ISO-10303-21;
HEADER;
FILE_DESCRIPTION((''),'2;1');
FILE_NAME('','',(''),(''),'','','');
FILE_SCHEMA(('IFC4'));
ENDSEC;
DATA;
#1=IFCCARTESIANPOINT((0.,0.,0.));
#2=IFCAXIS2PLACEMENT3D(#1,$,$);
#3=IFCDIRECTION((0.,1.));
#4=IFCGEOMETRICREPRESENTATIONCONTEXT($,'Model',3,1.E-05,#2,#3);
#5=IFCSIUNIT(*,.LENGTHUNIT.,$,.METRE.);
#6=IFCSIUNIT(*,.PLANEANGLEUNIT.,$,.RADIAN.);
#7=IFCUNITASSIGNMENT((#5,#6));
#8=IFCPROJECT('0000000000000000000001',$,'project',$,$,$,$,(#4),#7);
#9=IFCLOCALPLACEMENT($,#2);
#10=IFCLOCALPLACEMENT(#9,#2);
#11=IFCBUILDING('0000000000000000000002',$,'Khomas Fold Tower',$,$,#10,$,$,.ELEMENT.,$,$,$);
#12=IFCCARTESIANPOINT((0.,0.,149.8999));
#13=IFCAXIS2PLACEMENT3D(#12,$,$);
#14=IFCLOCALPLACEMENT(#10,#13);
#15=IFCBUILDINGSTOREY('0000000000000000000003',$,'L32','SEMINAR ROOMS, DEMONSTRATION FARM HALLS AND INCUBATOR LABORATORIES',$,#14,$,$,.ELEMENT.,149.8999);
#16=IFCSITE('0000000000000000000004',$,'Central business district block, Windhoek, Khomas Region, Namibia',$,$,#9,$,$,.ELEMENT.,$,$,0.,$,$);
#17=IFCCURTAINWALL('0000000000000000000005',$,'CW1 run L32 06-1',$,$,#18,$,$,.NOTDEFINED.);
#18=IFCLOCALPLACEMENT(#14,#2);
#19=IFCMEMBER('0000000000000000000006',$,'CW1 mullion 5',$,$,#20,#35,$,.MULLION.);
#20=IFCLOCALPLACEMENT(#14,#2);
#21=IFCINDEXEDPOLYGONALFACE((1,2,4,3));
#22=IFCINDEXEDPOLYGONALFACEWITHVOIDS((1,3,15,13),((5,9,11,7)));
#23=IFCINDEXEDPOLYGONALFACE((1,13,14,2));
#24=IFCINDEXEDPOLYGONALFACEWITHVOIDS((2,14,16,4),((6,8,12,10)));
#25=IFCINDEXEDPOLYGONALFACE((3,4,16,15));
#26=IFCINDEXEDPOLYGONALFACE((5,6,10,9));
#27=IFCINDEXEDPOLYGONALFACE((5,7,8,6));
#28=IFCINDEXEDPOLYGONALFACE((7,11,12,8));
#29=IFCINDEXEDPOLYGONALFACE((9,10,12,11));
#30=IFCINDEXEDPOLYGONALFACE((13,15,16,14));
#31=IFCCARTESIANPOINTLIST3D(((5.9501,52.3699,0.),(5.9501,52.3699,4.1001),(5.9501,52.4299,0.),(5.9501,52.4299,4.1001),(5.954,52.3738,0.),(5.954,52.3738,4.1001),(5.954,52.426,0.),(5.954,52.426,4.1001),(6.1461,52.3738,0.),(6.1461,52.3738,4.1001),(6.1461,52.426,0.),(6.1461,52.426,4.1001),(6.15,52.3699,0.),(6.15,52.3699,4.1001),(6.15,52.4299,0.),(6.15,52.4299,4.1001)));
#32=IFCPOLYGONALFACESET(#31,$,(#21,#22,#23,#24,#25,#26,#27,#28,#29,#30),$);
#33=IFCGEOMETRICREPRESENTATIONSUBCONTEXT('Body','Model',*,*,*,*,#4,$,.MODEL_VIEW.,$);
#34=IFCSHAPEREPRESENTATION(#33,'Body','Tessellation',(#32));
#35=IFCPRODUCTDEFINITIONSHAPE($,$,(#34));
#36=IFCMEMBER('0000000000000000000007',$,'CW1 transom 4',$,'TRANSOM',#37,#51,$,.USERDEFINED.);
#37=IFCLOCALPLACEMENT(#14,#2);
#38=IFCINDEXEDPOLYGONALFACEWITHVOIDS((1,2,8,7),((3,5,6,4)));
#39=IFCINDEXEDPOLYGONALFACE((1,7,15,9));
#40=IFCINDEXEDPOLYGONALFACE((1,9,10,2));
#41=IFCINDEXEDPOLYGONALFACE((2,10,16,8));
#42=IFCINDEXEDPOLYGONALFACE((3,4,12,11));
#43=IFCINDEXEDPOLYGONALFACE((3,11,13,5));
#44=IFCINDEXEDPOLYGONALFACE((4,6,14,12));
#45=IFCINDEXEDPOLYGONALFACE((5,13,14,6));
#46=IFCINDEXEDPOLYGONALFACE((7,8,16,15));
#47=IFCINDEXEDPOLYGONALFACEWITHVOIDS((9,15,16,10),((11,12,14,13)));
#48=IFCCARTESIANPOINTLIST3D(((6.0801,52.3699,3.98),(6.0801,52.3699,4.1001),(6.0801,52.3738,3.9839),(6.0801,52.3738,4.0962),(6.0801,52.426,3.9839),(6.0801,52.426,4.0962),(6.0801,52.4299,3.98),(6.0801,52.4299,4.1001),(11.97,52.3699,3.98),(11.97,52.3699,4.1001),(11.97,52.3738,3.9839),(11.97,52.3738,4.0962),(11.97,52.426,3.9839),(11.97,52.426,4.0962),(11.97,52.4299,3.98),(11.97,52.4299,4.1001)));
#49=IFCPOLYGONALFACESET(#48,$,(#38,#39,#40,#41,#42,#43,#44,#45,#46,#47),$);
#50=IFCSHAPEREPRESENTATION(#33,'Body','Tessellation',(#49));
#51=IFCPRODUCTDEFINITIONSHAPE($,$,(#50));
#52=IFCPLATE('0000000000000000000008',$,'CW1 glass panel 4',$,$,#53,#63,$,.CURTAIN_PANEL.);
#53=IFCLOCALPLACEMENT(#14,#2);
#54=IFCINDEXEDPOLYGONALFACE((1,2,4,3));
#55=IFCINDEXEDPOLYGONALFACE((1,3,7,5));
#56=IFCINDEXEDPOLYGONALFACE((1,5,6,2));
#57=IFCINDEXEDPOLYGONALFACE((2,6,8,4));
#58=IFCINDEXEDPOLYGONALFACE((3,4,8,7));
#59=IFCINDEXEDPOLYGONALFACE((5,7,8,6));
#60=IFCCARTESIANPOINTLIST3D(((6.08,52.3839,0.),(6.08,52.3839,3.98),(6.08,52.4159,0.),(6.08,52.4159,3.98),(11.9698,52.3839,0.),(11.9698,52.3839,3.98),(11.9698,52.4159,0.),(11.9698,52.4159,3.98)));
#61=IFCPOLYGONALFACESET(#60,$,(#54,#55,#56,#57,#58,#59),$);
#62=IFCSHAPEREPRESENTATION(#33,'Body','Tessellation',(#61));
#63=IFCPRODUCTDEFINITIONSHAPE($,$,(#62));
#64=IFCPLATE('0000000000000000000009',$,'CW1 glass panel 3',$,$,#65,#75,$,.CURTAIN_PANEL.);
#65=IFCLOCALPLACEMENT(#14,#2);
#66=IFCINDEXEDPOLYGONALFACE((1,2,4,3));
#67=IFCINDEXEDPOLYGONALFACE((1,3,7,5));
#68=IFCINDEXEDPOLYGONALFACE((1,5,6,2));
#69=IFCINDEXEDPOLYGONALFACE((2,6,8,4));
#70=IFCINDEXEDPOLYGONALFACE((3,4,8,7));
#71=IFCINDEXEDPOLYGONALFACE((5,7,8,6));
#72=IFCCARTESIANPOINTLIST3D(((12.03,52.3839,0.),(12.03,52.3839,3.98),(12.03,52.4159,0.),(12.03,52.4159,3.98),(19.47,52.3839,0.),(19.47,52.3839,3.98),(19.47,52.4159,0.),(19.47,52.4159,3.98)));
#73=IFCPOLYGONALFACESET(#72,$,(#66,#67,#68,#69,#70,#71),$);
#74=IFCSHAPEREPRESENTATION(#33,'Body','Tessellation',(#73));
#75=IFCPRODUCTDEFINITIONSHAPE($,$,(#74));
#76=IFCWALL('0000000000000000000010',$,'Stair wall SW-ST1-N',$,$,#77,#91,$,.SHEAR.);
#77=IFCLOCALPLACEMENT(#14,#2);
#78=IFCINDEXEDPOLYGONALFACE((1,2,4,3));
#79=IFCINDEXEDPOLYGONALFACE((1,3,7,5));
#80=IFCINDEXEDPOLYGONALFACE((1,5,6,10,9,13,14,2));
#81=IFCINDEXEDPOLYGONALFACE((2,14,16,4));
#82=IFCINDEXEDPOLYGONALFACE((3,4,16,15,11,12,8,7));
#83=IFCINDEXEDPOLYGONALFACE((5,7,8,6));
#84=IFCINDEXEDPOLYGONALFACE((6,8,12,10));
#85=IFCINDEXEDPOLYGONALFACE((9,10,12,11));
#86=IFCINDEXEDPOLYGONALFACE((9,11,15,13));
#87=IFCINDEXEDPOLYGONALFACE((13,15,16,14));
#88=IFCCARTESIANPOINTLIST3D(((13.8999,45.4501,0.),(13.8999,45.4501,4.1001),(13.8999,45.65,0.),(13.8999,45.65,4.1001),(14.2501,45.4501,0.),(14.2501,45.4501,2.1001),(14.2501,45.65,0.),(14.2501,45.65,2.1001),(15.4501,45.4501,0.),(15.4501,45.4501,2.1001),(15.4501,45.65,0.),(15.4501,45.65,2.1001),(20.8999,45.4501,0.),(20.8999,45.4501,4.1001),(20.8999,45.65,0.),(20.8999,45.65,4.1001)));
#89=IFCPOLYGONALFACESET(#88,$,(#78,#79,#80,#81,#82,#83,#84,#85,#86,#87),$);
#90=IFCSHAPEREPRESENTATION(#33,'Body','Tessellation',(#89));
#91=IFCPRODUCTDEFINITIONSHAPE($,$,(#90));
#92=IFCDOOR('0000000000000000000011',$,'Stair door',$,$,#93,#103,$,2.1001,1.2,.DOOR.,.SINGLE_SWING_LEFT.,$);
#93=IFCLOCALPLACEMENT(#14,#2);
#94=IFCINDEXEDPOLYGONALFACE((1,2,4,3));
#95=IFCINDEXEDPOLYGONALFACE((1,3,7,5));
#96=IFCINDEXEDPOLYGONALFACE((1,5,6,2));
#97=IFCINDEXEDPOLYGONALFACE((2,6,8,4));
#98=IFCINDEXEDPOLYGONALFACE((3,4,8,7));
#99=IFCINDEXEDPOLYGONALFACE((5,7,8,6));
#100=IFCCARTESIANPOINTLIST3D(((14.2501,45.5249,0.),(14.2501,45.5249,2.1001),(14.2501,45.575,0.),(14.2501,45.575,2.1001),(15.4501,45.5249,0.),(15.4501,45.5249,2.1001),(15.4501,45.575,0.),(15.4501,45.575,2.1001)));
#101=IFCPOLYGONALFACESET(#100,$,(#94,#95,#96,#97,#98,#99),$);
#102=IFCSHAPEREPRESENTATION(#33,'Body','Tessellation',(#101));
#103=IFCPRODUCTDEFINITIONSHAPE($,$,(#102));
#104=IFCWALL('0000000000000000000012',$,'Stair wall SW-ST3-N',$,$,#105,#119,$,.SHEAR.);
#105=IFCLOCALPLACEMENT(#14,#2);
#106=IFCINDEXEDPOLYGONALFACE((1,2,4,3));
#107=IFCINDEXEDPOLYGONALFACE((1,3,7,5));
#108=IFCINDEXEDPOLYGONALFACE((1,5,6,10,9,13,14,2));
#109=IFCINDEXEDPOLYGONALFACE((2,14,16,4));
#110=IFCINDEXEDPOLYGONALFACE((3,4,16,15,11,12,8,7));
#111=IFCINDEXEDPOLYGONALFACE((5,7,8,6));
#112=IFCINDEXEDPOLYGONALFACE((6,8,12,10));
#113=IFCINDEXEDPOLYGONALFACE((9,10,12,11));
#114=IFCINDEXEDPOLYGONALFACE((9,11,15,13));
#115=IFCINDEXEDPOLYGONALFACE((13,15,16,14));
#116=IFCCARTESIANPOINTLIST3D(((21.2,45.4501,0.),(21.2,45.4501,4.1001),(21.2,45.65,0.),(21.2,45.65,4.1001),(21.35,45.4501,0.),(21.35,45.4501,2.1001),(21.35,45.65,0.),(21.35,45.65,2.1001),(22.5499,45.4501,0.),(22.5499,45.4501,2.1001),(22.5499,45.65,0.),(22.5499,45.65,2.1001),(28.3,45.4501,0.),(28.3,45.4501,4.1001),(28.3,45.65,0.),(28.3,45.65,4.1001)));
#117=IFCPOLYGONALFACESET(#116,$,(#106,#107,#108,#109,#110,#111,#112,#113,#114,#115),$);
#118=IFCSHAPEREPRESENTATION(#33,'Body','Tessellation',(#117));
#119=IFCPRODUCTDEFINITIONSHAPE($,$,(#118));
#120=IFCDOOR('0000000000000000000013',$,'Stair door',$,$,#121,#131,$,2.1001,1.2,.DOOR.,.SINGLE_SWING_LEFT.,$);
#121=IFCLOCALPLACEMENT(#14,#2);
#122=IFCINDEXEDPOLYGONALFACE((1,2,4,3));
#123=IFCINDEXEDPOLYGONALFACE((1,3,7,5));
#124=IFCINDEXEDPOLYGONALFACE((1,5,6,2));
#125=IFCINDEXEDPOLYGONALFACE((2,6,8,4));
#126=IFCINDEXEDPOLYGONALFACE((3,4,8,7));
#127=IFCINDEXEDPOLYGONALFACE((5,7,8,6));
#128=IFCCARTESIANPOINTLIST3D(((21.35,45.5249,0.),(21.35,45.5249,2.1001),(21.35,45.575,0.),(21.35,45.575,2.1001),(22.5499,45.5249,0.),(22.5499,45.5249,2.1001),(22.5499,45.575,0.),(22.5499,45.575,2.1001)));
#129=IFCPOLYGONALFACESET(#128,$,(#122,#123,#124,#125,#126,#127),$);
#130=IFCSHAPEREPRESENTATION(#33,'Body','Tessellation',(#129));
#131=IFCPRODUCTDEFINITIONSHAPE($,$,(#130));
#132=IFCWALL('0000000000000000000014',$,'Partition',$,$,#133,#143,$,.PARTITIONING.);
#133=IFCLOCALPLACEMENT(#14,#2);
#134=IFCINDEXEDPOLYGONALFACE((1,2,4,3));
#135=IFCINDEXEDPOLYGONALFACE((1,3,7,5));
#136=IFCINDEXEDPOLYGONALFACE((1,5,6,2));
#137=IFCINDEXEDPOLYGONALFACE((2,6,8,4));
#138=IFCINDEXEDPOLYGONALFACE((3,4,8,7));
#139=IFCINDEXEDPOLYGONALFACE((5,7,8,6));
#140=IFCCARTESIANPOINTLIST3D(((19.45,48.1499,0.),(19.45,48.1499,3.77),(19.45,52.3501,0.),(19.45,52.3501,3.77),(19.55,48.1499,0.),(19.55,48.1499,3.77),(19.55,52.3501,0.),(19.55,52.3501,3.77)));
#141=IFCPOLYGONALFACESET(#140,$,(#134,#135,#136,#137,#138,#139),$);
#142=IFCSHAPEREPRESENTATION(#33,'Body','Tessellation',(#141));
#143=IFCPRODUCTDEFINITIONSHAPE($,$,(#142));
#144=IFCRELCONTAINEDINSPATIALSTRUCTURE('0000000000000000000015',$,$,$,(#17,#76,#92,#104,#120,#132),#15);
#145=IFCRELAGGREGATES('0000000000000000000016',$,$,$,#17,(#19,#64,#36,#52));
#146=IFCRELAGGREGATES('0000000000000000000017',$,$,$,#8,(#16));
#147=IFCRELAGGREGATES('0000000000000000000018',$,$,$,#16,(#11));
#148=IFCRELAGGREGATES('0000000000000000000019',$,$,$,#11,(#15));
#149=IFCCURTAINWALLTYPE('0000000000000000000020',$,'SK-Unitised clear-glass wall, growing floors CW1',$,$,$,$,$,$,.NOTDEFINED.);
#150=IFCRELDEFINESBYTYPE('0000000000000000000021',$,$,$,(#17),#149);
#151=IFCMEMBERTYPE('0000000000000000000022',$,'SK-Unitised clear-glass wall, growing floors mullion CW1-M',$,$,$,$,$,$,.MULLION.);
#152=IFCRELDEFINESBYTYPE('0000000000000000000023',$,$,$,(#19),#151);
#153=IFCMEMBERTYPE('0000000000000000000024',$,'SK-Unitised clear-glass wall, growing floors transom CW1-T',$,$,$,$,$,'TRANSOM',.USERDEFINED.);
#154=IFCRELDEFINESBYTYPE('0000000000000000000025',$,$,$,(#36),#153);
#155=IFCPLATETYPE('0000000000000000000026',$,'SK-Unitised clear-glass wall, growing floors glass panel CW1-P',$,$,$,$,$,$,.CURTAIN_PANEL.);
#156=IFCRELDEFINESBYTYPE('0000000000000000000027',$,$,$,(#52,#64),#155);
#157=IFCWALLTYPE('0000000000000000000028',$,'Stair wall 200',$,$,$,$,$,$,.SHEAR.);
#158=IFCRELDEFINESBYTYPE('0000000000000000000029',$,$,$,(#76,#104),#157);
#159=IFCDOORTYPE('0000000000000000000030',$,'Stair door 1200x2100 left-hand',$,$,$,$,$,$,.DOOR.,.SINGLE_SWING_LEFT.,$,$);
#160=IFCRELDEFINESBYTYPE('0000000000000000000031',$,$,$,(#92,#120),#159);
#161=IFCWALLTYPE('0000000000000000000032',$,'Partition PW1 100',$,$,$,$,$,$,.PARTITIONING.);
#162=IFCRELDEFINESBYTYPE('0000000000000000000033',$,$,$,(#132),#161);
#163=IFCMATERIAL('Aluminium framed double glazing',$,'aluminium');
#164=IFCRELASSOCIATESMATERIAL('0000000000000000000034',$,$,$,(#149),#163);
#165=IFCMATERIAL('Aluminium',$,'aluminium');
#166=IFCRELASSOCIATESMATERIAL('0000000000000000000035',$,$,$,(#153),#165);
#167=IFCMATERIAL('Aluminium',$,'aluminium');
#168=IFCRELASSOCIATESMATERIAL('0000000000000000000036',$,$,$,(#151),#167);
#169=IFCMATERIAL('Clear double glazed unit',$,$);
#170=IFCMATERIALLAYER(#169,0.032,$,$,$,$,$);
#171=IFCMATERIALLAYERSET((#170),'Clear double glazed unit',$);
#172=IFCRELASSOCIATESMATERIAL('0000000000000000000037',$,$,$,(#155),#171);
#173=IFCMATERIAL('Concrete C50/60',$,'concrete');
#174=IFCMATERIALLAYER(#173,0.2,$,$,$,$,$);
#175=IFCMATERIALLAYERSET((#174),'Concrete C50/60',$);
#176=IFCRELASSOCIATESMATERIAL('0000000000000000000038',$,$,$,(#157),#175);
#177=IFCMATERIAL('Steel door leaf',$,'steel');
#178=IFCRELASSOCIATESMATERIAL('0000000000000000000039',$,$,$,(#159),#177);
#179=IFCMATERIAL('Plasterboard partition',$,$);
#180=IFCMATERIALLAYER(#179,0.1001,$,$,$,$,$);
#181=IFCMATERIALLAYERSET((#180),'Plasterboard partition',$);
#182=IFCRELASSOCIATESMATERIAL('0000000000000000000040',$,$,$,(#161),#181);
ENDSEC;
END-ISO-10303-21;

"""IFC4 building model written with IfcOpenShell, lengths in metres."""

from ifc_helpers import new_model, si_unit, direction, frame, frame_2d, origin, origin_2d, place, context, subcontext, project, spatial, rectangle, hollow_rectangle, extrude, source, transform, mapped, material, layer, layer_set, material_profile, profile_set, type_object, element, fill, aggregate, save


model = new_model("IFC4")

# Units and contexts
model_context = context("Model", 3, precision=1e-05, world=origin(), true_north=direction((0.0, 1.0)))
body_context = subcontext(model_context, "Body", "Model", "MODEL_VIEW")
ifc_project = project(units=[si_unit("LENGTHUNIT", "METRE"), si_unit("PLANEANGLEUNIT", "RADIAN")], contexts=[model_context])

# Site, building, storey
site_placement = place(None, origin())
site = spatial("IfcSite", under=ifc_project, at=site_placement, Name="Central business district block, Windhoek, Khomas Region, Namibia", CompositionType="ELEMENT", RefElevation=0.0)
building_placement = place(site_placement, origin())
building = spatial("IfcBuilding", under=site, at=building_placement, Name="Khomas Fold Tower", CompositionType="ELEMENT")
storey_placement = place(building_placement, frame((0.0, 0.0, 149.8999)))
storey = spatial("IfcBuildingStorey", under=building, at=storey_placement, Name="L32", Description="SEMINAR ROOMS, DEMONSTRATION FARM HALLS AND INCUBATOR LABORATORIES", CompositionType="ELEMENT", Elevation=149.8999)

# Curtain wall, members, plates
ifc_material_1 = material(Name="Aluminium framed double glazing", Category="aluminium")
curtain_wall_type = type_object("IfcCurtainWallType", Name="SK-Unitised clear-glass wall, growing floors CW1", PredefinedType="NOTDEFINED", material=ifc_material_1)
curtain_wall_placement = place(storey_placement, origin())
curtain_wall = element("IfcCurtainWall", 1, at=curtain_wall_placement, inside=storey, type_object=curtain_wall_type, Name="CW1 run L32 06-1", PredefinedType="NOTDEFINED")
ifc_material_2 = material(Name="Aluminium", Category="aluminium")
ifc_material_profile_1 = material_profile(ifc_material_2, hollow_rectangle(XDim=0.0601, YDim=0.1201, WallThickness=0.0039, at=origin_2d()), Name="SK-Unitised clear-glass wall, growing floors transom CW1-T")
ifc_profile_set_1 = profile_set([ifc_material_profile_1], Name="Aluminium")
member_type_1 = type_object("IfcMemberType", Name="SK-Unitised clear-glass wall, growing floors transom CW1-T", ElementType="TRANSOM", PredefinedType="USERDEFINED", material=ifc_profile_set_1)
ifc_material_3 = material(Name="Aluminium", Category="aluminium")
ifc_material_profile_2 = material_profile(ifc_material_3, hollow_rectangle(XDim=0.0601, YDim=0.2, WallThickness=0.0039, at=origin_2d()), Name="SK-Unitised clear-glass wall, growing floors mullion CW1-M")
ifc_profile_set_2 = profile_set([ifc_material_profile_2], Name="Aluminium")
member_type_2 = type_object("IfcMemberType", Name="SK-Unitised clear-glass wall, growing floors mullion CW1-M", PredefinedType="MULLION", material=ifc_profile_set_2)
shared_shape_1 = source(origin(), body_context, "Body", "SweptSolid", [
    extrude(hollow_rectangle(XDim=0.0601, YDim=0.2, WallThickness=0.0039, at=origin_2d()), origin(), (0.0, 0.0, 1.0), 4.1001),
])
member_1_placement = place(storey_placement, frame((6.05, 52.3999, 0.0), z_axis=(0.0, 0.0, 1.0), x_axis=(0.0, -1.0, 0.0)))
member_1 = element("IfcMember", 2, at=member_1_placement, type_object=member_type_2, Name="CW1 mullion 5", PredefinedType="MULLION", context=body_context, shape_type="MappedRepresentation", body=[
    mapped(shared_shape_1, transform((0.0, 0.0, 0.0))),
])
shared_shape_2 = source(origin(), body_context, "Body", "SweptSolid", [
    extrude(hollow_rectangle(XDim=0.0601, YDim=0.1201, WallThickness=0.0039, at=origin_2d()), origin(), (0.0, 0.0, 1.0), 5.8899),
])
member_2_placement = place(storey_placement, frame((11.97, 52.3999, 4.04), z_axis=(-1.0, 0.0, 0.0), x_axis=(0.0, -1.0, 0.0)))
member_2 = element("IfcMember", 3, at=member_2_placement, type_object=member_type_1, Name="CW1 transom 4", ObjectType="TRANSOM", PredefinedType="USERDEFINED", context=body_context, shape_type="MappedRepresentation", body=[
    mapped(shared_shape_2, transform((0.0, 0.0, 0.0))),
])
ifc_material_4 = material(Name="Clear double glazed unit")
ifc_layer_1 = layer(ifc_material_4, 0.032)
ifc_layer_set_1 = layer_set([ifc_layer_1], Name="Clear double glazed unit")
plate_type = type_object("IfcPlateType", Name="SK-Unitised clear-glass wall, growing floors glass panel CW1-P", PredefinedType="CURTAIN_PANEL", material=ifc_layer_set_1)
shared_shape_3 = source(origin(), body_context, "Body", "SweptSolid", [
    extrude(rectangle(XDim=5.8899, YDim=0.032, at=origin_2d()), origin(), (0.0, 0.0, 1.0), 3.98),
])
plate_1_placement = place(storey_placement, frame((9.0249, 52.3999, 0.0), z_axis=(0.0, 0.0, 1.0), x_axis=(-1.0, 0.0, 0.0)))
plate_1 = element("IfcPlate", 4, at=plate_1_placement, type_object=plate_type, Name="CW1 glass panel 4", PredefinedType="CURTAIN_PANEL", context=body_context, shape_type="MappedRepresentation", body=[
    mapped(shared_shape_3, transform((0.0, 0.0, 0.0))),
])
shared_shape_4 = source(origin(), body_context, "Body", "SweptSolid", [
    extrude(rectangle(XDim=7.4399, YDim=0.032, at=origin_2d()), origin(), (0.0, 0.0, 1.0), 3.98),
])
plate_2_placement = place(storey_placement, frame((15.75, 52.3999, 0.0), z_axis=(0.0, 0.0, 1.0), x_axis=(-1.0, 0.0, 0.0)))
plate_2 = element("IfcPlate", 5, at=plate_2_placement, type_object=plate_type, Name="CW1 glass panel 3", PredefinedType="CURTAIN_PANEL", context=body_context, shape_type="MappedRepresentation", body=[
    mapped(shared_shape_4, transform((0.0, 0.0, 0.0))),
])
aggregate(curtain_wall, [member_1, plate_2, member_2, plate_1])

# Walls, openings, doors
ifc_material_5 = material(Name="Concrete C50/60", Category="concrete")
ifc_layer_2 = layer(ifc_material_5, 0.2)
ifc_layer_set_2 = layer_set([ifc_layer_2], Name="Concrete C50/60")
wall_type_1 = type_object("IfcWallType", Name="Stair wall 200", PredefinedType="SHEAR", material=ifc_layer_set_2)
shared_shape_5 = source(origin(), body_context, "Body", "SweptSolid", [
    extrude(rectangle(XDim=7.0, YDim=0.2, at=frame_2d((3.5, 0.0))), origin(), (0.0, 0.0, 1.0), 4.1001),
])
wall_1_placement = place(storey_placement, frame((13.8999, 45.55, 0.0), z_axis=(0.0, 0.0, 1.0), x_axis=(1.0, 0.0, 0.0)))
wall_1 = element("IfcWall", 6, at=wall_1_placement, inside=storey, type_object=wall_type_1, Name="Stair wall SW-ST1-N", PredefinedType="SHEAR", context=body_context, shape_type="MappedRepresentation", body=[
    mapped(shared_shape_5, transform((0.0, 0.0, 0.0))),
])
shared_shape_6 = source(origin(), body_context, "Body", "SweptSolid", [
    extrude(rectangle(XDim=1.2, YDim=2.1001, at=frame_2d((0.6001, 1.05))), frame((0.0, 0.1099, 0.0), z_axis=(0.0, -1.0, 0.0), x_axis=(1.0, 0.0, 0.0)), (0.0, 0.0, 1.0), 0.22),
])
opening_1_placement = place(wall_1_placement, frame((0.3501, 0.0, 0.0)))
opening_1 = element("IfcOpeningElement", 7, at=opening_1_placement, cuts=wall_1, PredefinedType="OPENING", context=body_context, shape_type="MappedRepresentation", body=[
    mapped(shared_shape_6, transform((0.0, 0.0, 0.0))),
])
ifc_material_6 = material(Name="Steel door leaf", Category="steel")
door_type = type_object("IfcDoorType", Name="Stair door 1200x2100 left-hand", OperationType="SINGLE_SWING_LEFT", PredefinedType="DOOR", material=ifc_material_6)
shared_shape_7 = source(origin(), body_context, "Body", "SweptSolid", [
    extrude(rectangle(XDim=1.2, YDim=2.1001, at=frame_2d((0.6001, 1.05))), frame((0.0, 0.0249, 0.0), z_axis=(0.0, -1.0, 0.0), x_axis=(1.0, 0.0, 0.0)), (0.0, 0.0, 1.0), 0.05),
])
door_1_placement = place(opening_1_placement, origin())
door_1 = element("IfcDoor", 8, at=door_1_placement, inside=storey, type_object=door_type, Name="Stair door", OperationType="SINGLE_SWING_LEFT", OverallHeight=2.1001, OverallWidth=1.2, PredefinedType="DOOR", context=body_context, shape_type="MappedRepresentation", body=[
    mapped(shared_shape_7, transform((0.0, 0.0, 0.0))),
])
fill(opening_1, door_1)
shared_shape_8 = source(origin(), body_context, "Body", "SweptSolid", [
    extrude(rectangle(XDim=7.1001, YDim=0.2, at=frame_2d((3.55, 0.0))), origin(), (0.0, 0.0, 1.0), 4.1001),
])
wall_2_placement = place(storey_placement, frame((21.2, 45.55, 0.0), z_axis=(0.0, 0.0, 1.0), x_axis=(1.0, 0.0, 0.0)))
wall_2 = element("IfcWall", 9, at=wall_2_placement, inside=storey, type_object=wall_type_1, Name="Stair wall SW-ST3-N", PredefinedType="SHEAR", context=body_context, shape_type="MappedRepresentation", body=[
    mapped(shared_shape_8, transform((0.0, 0.0, 0.0))),
])
opening_2_placement = place(wall_2_placement, frame((0.1499, 0.0, 0.0)))
opening_2 = element("IfcOpeningElement", 10, at=opening_2_placement, cuts=wall_2, PredefinedType="OPENING", context=body_context, shape_type="MappedRepresentation", body=[
    mapped(shared_shape_6, transform((0.0, 0.0, 0.0))),
])
door_2_placement = place(opening_2_placement, origin())
door_2 = element("IfcDoor", 11, at=door_2_placement, inside=storey, type_object=door_type, Name="Stair door", OperationType="SINGLE_SWING_LEFT", OverallHeight=2.1001, OverallWidth=1.2, PredefinedType="DOOR", context=body_context, shape_type="MappedRepresentation", body=[
    mapped(shared_shape_7, transform((0.0, 0.0, 0.0))),
])
fill(opening_2, door_2)

# Wall
ifc_material_7 = material(Name="Plasterboard partition")
ifc_layer_3 = layer(ifc_material_7, 0.1001)
ifc_layer_set_3 = layer_set([ifc_layer_3], Name="Plasterboard partition")
wall_type_2 = type_object("IfcWallType", Name="Partition PW1 100", PredefinedType="PARTITIONING", material=ifc_layer_set_3)
shared_shape_9 = source(origin(), body_context, "Body", "SweptSolid", [
    extrude(rectangle(XDim=4.2002, YDim=0.1001, at=frame_2d((2.1001, 0.0))), origin(), (0.0, 0.0, 1.0), 3.77),
])
wall_3_placement = place(storey_placement, frame((19.5, 48.1499, 0.0), z_axis=(0.0, 0.0, 1.0), x_axis=(0.0, 1.0, 0.0)))
element("IfcWall", 12, at=wall_3_placement, inside=storey, type_object=wall_type_2, Name="Partition", PredefinedType="PARTITIONING", context=body_context, shape_type="MappedRepresentation", body=[
    mapped(shared_shape_9, transform((0.0, 0.0, 0.0))),
])

save(model, "model.ifc")
